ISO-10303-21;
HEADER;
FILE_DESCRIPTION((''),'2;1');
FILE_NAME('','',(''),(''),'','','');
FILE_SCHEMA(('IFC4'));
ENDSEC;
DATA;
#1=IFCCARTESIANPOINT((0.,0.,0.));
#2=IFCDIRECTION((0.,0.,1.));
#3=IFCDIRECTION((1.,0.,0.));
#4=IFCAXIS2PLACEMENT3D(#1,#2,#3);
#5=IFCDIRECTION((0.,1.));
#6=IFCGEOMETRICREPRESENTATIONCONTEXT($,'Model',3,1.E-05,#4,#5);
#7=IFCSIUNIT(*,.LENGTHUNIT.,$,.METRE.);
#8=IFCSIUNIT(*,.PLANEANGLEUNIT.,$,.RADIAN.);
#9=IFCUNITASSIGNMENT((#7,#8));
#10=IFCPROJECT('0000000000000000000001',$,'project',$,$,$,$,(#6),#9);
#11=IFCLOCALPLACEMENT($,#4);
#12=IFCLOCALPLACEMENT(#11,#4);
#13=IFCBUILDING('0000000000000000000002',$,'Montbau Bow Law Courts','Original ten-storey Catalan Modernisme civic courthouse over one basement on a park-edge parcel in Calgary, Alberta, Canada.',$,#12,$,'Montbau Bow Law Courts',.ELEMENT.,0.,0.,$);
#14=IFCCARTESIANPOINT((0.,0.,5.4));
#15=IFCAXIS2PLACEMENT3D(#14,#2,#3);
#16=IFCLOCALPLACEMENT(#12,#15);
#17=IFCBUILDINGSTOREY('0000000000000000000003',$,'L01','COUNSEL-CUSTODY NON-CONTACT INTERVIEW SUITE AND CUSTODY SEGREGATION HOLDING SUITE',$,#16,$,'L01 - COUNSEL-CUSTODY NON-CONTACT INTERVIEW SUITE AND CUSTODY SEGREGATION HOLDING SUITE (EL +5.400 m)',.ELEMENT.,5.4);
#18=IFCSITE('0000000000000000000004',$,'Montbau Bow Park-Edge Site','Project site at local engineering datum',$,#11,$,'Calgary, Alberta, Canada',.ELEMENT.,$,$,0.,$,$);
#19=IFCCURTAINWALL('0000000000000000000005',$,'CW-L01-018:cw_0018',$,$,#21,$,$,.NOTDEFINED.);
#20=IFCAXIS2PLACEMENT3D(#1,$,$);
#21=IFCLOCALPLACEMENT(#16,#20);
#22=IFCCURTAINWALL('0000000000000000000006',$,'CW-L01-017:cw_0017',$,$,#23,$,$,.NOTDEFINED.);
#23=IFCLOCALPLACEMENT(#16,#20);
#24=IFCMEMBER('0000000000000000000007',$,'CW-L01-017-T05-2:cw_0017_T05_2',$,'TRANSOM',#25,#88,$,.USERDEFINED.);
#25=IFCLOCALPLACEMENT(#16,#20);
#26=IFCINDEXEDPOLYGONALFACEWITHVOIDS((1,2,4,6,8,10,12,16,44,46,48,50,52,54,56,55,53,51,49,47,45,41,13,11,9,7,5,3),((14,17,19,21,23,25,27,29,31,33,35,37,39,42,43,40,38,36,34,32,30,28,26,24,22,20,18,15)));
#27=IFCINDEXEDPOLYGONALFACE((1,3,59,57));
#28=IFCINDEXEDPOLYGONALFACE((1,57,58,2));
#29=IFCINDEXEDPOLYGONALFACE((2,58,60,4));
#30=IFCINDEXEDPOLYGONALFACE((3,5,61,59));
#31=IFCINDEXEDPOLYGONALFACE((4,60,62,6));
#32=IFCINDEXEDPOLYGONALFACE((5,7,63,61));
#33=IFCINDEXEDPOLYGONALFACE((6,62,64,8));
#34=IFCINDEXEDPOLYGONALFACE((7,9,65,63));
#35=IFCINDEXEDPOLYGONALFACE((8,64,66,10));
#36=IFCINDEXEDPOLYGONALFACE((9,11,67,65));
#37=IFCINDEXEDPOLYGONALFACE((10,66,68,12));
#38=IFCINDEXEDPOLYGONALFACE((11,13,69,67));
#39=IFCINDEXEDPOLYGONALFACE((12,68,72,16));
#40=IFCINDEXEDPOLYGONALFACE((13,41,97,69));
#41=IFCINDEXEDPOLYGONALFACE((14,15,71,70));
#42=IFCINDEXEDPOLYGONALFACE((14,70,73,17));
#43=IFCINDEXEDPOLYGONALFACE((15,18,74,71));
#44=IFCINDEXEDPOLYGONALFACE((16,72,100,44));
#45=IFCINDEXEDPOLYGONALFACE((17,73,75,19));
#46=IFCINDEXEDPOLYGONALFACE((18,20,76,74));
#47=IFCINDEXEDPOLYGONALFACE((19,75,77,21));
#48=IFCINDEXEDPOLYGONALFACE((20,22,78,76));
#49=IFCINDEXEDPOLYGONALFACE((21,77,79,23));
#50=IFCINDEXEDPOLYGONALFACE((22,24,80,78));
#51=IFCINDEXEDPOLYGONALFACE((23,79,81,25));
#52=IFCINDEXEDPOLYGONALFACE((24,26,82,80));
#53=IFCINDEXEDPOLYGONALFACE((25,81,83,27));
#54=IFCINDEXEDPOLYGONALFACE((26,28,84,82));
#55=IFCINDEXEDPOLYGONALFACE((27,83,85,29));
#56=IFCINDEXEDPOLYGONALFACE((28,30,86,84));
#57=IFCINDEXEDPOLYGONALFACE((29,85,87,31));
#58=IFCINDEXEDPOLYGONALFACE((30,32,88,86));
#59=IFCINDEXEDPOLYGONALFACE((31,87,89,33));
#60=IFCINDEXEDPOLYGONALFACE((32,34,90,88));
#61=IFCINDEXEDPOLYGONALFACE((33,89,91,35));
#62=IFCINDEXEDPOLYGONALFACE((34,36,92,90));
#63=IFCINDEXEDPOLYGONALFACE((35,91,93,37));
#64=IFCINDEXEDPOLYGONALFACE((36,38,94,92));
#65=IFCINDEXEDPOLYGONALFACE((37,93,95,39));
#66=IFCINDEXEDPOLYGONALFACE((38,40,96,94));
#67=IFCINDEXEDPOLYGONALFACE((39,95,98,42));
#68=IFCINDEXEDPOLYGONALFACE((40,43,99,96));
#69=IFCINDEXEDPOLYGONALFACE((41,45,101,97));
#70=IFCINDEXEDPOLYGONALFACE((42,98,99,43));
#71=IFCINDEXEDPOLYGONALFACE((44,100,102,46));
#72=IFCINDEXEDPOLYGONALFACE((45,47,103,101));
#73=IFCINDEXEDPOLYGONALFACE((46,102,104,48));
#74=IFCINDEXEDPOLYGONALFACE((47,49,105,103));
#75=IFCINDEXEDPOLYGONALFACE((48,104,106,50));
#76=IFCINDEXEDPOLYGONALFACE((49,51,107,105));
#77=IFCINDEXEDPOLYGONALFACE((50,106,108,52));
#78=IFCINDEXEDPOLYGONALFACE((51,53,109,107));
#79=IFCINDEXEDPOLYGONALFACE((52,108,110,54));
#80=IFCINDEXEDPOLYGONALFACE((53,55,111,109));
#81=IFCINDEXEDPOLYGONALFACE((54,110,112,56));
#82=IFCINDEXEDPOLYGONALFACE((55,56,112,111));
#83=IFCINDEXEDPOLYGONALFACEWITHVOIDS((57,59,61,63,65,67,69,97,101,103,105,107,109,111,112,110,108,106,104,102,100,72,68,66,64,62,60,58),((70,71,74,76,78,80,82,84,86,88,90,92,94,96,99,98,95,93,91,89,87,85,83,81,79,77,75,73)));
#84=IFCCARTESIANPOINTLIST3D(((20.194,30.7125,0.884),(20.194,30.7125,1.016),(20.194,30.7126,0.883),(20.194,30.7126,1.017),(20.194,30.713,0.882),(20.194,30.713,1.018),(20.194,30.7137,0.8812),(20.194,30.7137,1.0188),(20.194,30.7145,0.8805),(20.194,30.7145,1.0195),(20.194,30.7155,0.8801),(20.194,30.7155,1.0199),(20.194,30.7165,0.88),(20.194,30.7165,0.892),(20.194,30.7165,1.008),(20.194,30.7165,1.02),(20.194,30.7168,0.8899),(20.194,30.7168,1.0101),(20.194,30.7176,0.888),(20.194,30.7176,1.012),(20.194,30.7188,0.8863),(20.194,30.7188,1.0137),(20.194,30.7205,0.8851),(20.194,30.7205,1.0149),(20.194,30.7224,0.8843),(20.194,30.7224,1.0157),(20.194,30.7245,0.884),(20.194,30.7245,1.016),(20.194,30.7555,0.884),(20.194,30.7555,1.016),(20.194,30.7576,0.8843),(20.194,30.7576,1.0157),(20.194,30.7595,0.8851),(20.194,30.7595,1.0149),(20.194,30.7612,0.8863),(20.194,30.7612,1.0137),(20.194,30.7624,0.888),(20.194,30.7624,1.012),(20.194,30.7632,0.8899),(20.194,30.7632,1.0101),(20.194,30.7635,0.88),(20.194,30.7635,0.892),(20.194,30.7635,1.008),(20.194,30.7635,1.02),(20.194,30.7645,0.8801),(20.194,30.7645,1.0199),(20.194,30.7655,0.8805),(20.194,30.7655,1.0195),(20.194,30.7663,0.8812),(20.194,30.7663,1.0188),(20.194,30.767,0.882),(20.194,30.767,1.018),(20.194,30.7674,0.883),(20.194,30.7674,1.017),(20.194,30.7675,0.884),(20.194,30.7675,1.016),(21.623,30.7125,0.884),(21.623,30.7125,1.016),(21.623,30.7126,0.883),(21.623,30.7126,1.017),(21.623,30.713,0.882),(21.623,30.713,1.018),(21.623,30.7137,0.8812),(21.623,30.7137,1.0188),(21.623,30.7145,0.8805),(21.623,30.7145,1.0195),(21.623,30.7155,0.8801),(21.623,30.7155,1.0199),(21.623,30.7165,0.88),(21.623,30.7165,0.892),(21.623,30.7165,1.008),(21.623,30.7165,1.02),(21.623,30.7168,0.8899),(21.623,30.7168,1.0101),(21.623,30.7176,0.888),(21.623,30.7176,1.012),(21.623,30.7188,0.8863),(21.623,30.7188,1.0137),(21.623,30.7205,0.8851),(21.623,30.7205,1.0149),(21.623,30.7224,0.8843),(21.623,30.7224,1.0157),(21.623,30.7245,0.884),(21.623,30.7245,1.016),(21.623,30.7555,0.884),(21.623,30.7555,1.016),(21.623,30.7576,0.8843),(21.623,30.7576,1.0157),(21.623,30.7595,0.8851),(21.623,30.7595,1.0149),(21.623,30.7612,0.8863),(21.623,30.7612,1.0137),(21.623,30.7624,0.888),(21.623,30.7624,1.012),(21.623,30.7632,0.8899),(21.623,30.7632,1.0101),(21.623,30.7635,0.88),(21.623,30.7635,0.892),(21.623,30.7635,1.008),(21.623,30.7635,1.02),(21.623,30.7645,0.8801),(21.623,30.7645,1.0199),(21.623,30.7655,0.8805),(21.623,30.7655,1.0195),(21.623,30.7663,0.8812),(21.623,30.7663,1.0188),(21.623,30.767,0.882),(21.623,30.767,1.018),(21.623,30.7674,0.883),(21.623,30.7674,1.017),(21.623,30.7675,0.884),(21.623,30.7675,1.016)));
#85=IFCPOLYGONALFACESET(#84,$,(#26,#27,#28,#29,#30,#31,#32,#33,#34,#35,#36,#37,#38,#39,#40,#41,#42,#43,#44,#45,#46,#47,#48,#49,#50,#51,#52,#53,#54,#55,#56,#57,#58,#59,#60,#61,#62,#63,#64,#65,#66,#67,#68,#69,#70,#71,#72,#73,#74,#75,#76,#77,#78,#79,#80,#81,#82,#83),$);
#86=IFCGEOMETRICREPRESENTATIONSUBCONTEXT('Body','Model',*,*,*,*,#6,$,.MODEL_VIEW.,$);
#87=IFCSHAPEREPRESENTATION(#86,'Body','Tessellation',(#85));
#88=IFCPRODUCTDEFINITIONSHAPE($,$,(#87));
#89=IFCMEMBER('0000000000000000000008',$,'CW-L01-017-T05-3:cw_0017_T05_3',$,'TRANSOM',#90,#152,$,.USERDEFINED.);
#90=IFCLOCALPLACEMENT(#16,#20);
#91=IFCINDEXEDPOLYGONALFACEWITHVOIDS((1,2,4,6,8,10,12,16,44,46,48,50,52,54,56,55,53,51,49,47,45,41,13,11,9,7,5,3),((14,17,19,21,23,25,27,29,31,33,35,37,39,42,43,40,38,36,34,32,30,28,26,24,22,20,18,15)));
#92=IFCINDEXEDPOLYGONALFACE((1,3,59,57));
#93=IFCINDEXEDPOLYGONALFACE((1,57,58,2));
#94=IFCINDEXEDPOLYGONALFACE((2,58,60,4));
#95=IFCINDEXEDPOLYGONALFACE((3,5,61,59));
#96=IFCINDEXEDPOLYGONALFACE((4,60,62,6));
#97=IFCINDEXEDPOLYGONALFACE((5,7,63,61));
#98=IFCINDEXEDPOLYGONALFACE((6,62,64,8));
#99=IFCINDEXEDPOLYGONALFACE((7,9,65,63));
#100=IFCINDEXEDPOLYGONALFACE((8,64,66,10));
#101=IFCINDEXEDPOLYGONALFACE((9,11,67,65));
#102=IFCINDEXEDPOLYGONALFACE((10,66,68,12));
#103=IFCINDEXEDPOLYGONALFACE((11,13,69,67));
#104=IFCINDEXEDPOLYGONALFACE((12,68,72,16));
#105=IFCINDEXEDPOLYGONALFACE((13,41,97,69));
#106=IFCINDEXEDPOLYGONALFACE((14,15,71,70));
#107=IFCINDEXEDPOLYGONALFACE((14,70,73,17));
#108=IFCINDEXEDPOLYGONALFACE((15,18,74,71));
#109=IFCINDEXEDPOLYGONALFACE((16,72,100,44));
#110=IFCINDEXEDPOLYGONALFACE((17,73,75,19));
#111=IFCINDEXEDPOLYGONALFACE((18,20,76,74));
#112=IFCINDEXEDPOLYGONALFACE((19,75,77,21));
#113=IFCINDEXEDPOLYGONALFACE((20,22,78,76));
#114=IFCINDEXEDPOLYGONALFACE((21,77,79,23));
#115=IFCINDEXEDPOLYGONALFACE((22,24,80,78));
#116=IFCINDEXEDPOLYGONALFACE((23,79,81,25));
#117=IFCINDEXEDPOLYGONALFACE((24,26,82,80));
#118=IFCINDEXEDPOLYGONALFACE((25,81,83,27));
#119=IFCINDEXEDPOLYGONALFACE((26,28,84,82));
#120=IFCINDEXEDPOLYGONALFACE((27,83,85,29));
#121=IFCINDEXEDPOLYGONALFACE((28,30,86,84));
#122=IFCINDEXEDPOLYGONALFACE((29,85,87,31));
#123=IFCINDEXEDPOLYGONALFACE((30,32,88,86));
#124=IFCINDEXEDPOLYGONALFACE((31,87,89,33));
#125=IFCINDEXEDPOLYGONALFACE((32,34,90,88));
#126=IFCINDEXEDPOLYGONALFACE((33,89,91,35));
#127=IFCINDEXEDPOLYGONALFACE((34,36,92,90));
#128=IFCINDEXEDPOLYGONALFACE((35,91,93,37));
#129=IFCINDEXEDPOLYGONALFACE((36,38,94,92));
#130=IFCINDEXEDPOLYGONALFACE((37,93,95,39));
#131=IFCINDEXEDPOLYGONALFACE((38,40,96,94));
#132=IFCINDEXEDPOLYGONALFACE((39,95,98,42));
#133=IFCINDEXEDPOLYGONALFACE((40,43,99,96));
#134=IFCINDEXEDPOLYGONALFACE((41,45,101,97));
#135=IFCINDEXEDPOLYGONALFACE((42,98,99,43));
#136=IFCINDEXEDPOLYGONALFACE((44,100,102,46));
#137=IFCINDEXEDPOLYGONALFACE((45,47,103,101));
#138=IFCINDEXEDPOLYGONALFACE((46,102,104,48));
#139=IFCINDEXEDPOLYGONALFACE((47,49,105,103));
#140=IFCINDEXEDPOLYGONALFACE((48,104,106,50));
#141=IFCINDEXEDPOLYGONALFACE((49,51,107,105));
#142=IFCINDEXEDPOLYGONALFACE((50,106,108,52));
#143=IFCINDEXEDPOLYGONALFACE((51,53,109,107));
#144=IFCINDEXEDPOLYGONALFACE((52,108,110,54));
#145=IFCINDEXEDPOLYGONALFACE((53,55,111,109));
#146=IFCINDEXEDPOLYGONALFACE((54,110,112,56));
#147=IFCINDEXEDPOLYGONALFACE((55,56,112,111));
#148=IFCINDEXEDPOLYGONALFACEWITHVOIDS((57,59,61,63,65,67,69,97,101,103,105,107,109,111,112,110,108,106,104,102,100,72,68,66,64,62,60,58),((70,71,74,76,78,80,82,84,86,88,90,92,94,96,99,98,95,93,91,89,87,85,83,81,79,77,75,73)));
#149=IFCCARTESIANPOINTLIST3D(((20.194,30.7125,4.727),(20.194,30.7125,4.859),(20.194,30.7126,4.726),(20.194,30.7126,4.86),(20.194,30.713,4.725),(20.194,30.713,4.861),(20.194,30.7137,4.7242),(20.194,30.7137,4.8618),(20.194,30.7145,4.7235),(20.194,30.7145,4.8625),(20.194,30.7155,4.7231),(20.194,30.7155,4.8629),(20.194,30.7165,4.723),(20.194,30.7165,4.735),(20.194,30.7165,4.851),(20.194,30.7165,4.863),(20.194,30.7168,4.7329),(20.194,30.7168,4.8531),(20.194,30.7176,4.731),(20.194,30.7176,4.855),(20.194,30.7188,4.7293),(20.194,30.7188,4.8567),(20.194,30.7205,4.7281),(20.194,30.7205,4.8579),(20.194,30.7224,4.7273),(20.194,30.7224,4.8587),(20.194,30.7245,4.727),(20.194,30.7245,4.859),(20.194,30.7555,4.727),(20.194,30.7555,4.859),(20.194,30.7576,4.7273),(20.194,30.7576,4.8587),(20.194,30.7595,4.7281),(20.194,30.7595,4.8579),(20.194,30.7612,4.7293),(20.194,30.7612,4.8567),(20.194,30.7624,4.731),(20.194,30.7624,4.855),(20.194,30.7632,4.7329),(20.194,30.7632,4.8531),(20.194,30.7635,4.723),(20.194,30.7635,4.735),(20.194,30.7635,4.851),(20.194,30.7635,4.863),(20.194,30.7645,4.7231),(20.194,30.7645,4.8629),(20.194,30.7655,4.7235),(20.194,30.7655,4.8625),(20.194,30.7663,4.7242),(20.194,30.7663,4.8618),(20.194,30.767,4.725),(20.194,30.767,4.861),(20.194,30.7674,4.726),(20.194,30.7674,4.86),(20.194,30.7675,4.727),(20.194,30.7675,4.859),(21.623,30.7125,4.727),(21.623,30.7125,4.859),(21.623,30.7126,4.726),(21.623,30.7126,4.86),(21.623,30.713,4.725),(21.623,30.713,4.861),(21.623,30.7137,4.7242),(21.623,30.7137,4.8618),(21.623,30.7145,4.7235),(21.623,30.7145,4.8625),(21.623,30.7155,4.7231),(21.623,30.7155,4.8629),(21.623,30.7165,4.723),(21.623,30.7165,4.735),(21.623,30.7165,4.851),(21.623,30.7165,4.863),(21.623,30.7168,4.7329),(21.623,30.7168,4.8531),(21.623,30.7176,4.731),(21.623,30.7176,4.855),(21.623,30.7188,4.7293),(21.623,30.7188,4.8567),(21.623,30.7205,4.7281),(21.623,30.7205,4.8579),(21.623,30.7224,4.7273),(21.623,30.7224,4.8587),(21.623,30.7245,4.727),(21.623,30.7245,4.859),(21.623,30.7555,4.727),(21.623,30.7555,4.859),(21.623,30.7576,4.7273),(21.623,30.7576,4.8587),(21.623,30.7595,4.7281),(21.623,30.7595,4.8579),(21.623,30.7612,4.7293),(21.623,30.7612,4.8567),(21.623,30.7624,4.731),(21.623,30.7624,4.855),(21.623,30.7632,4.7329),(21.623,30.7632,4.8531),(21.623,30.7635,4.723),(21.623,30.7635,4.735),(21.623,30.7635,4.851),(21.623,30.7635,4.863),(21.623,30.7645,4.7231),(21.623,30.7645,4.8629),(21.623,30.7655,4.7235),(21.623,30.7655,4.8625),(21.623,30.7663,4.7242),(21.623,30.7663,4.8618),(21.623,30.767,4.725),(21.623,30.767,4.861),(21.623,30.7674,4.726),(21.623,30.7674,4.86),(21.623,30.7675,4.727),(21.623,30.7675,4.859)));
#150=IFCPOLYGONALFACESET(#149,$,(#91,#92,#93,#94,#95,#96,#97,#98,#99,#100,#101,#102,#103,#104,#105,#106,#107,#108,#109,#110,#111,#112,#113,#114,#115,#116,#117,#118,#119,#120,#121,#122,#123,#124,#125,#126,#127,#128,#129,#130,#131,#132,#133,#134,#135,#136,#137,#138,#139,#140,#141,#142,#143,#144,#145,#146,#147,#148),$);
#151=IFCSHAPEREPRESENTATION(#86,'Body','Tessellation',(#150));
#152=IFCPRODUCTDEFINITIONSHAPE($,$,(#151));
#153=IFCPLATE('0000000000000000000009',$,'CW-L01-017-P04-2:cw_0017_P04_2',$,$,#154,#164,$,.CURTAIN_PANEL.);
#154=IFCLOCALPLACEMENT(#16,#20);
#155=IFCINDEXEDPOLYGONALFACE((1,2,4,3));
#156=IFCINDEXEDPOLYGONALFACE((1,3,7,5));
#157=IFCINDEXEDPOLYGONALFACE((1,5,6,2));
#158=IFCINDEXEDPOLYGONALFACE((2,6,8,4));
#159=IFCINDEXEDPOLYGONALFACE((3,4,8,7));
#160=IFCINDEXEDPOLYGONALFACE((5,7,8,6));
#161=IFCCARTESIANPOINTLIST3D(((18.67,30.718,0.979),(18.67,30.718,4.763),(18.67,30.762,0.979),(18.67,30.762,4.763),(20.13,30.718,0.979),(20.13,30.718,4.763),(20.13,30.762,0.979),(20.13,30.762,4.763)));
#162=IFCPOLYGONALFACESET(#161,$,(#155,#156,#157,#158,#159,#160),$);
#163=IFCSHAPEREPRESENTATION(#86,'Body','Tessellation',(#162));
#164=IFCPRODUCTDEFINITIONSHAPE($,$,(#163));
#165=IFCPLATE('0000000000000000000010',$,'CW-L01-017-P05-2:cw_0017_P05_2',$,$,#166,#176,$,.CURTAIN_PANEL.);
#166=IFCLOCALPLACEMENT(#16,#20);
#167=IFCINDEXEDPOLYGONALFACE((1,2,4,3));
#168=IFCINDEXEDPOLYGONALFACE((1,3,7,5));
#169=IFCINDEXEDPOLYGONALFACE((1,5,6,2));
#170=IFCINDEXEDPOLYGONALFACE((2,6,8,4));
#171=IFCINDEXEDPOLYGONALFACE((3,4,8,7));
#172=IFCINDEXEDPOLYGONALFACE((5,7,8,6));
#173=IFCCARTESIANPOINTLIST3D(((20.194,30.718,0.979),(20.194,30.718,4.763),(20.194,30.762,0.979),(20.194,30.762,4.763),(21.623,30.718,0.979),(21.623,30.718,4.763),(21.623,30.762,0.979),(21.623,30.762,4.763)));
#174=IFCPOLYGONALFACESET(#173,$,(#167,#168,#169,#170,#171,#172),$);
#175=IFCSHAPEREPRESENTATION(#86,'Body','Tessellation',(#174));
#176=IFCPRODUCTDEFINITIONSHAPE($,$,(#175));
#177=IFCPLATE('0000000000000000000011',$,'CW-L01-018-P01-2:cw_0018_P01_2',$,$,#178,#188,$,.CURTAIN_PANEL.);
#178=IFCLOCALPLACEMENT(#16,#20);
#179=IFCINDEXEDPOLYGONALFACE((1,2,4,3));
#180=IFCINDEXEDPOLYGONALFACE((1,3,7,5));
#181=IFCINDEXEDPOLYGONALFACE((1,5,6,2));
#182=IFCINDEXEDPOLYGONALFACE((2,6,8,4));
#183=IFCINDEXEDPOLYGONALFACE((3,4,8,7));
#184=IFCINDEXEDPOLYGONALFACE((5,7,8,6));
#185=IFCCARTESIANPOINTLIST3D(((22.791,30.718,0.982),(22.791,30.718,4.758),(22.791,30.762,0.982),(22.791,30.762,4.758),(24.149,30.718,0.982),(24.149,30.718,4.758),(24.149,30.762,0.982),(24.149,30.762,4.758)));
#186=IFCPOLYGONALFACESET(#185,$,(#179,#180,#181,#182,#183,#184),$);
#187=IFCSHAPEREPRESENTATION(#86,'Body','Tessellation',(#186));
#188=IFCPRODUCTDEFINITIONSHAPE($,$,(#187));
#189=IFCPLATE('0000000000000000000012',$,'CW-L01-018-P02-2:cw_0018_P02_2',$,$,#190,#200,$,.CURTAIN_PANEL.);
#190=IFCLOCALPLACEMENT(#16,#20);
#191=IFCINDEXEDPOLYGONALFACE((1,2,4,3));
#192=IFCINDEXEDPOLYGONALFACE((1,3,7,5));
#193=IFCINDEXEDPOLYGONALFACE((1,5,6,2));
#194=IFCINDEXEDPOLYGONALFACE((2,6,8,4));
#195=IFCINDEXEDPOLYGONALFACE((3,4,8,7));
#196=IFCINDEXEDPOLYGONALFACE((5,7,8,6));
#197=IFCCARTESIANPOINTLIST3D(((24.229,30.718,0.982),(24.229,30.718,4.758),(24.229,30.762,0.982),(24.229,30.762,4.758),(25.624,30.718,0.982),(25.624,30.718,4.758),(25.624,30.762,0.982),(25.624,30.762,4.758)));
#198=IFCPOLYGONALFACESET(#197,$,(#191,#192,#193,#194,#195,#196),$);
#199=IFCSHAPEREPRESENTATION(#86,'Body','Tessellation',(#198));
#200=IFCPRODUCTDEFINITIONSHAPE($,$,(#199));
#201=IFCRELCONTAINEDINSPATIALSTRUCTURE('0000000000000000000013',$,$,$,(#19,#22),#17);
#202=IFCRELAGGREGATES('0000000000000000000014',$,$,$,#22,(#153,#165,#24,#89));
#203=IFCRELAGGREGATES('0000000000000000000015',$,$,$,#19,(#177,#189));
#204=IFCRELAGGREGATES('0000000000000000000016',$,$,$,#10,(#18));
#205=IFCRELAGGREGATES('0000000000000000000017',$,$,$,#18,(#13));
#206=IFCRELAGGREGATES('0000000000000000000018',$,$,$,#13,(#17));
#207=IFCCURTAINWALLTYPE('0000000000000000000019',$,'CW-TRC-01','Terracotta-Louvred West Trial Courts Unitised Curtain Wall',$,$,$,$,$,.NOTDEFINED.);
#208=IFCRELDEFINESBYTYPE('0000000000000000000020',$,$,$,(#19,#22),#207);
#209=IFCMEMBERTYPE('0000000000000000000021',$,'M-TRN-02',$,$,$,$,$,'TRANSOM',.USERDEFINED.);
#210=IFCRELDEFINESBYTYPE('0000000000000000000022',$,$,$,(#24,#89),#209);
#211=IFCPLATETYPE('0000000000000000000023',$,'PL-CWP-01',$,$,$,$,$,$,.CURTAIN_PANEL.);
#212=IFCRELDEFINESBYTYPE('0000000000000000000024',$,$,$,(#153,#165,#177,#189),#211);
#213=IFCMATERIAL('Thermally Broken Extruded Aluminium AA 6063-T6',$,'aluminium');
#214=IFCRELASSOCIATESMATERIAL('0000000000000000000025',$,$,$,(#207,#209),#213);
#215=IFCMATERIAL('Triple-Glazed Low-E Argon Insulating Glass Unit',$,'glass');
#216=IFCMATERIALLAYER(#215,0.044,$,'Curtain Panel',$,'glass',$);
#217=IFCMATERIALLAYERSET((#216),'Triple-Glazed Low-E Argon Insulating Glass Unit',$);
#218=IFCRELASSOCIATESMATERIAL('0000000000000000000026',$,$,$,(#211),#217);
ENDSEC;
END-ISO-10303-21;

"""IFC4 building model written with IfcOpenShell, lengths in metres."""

from ifc_helpers import new_model, si_unit, direction, frame, frame_2d, origin_with_axes, origin_2d_with_axis, place, context, subcontext, project, spatial, rectangle, hollow_rectangle, extrude, material, layer, layer_set, material_profile, profile_set, type_object, element, aggregate, save


model = new_model("IFC4")

# Units and contexts
model_context = context("Model", 3, precision=1e-05, world=origin_with_axes(), true_north=direction((0.0, 1.0)))
body_context = subcontext(model_context, "Body", "Model", "MODEL_VIEW")
ifc_project = project(units=[si_unit("LENGTHUNIT", "METRE"), si_unit("PLANEANGLEUNIT", "RADIAN")], contexts=[model_context])

# Site, building, storey
site_placement = place(None, origin_with_axes())
site = spatial("IfcSite", under=ifc_project, at=site_placement, Name="Montbau Bow Park-Edge Site", Description="Project site at local engineering datum", LongName="Calgary, Alberta, Canada", CompositionType="ELEMENT", RefElevation=0.0)
building_placement = place(site_placement, origin_with_axes())
building = spatial("IfcBuilding", under=site, at=building_placement, Name="Montbau Bow Law Courts", Description="Original ten-storey Catalan Modernisme civic courthouse over one basement on a park-edge parcel in Calgary, Alberta, Canada.", LongName="Montbau Bow Law Courts", CompositionType="ELEMENT", ElevationOfRefHeight=0.0, ElevationOfTerrain=0.0)
storey_placement = place(building_placement, frame((0.0, 0.0, 5.4), z_axis=(0.0, 0.0, 1.0), x_axis=(1.0, 0.0, 0.0)))
storey = spatial("IfcBuildingStorey", under=building, at=storey_placement, Name="L01", Description="COUNSEL-CUSTODY NON-CONTACT INTERVIEW SUITE AND CUSTODY SEGREGATION HOLDING SUITE", LongName="L01 - COUNSEL-CUSTODY NON-CONTACT INTERVIEW SUITE AND CUSTODY SEGREGATION HOLDING SUITE (EL +5.400 m)", CompositionType="ELEMENT", Elevation=5.4)

# Curtain walls
ifc_material_1 = material(Name="Thermally Broken Extruded Aluminium AA 6063-T6", Category="aluminium")
curtain_wall_type = type_object("IfcCurtainWallType", Name="CW-TRC-01", Description="Terracotta-Louvred West Trial Courts Unitised Curtain Wall", PredefinedType="NOTDEFINED", material=ifc_material_1)
curtain_wall_1_placement = place(None, frame((22.715, 30.74, 5.4), z_axis=(0.0, 0.0, 1.0), x_axis=(1.0, 0.0, 0.0)))
curtain_wall_1 = element("IfcCurtainWall", 1, at=curtain_wall_1_placement, inside=storey, type_object=curtain_wall_type, Name="CW-L01-018:cw_0018", PredefinedType="NOTDEFINED")
curtain_wall_2_placement = place(None, frame((14.068, 30.74, 5.4), z_axis=(0.0, 0.0, 1.0), x_axis=(1.0, 0.0, 0.0)))
curtain_wall_2 = element("IfcCurtainWall", 2, at=curtain_wall_2_placement, inside=storey, type_object=curtain_wall_type, Name="CW-L01-017:cw_0017", PredefinedType="NOTDEFINED")

# Members
ifc_material_profile_1 = material_profile(ifc_material_1, hollow_rectangle(XDim=0.055, YDim=0.14, WallThickness=0.004, InnerFilletRadius=0.008, OuterFilletRadius=0.004, at=origin_2d_with_axis()), Name="CWT-140X55", Category="Main", Priority=0)
ifc_profile_set_1 = profile_set([ifc_material_profile_1], Name="Thermally Broken Extruded Aluminium AA 6063-T6")
member_type_1 = type_object("IfcMemberType", Name="M-TRN-02", ElementType="TRANSOM", PredefinedType="USERDEFINED", material=ifc_profile_set_1)
member_1_placement = place(None, frame((20.194, 30.74, 6.35), z_axis=(1.0, 0.0, 0.0), x_axis=(0.0, 1.0, 0.0)))
member_1 = element("IfcMember", 3, at=member_1_placement, type_object=member_type_1, Name="CW-L01-017-T05-2:cw_0017_T05_2", ObjectType="TRANSOM", PredefinedType="USERDEFINED", context=body_context, shape_type="SweptSolid", body=[
    extrude(hollow_rectangle(XDim=0.055, YDim=0.14, WallThickness=0.004, InnerFilletRadius=0.008, OuterFilletRadius=0.004, at=origin_2d_with_axis()), origin_with_axes(), (0.0, 0.0, 1.0), 1.429),
])
member_2_placement = place(None, frame((20.194, 30.74, 10.193), z_axis=(1.0, 0.0, 0.0), x_axis=(0.0, 1.0, 0.0)))
member_2 = element("IfcMember", 4, at=member_2_placement, type_object=member_type_1, Name="CW-L01-017-T05-3:cw_0017_T05_3", ObjectType="TRANSOM", PredefinedType="USERDEFINED", context=body_context, shape_type="SweptSolid", body=[
    extrude(hollow_rectangle(XDim=0.055, YDim=0.14, WallThickness=0.004, InnerFilletRadius=0.008, OuterFilletRadius=0.004, at=origin_2d_with_axis()), origin_with_axes(), (0.0, 0.0, 1.0), 1.429),
])

# Plates
ifc_material_2 = material(Name="Triple-Glazed Low-E Argon Insulating Glass Unit", Category="glass")
ifc_layer_1 = layer(ifc_material_2, 0.044, Name="Curtain Panel", Category="glass")
ifc_layer_set_1 = layer_set([ifc_layer_1], Name="Triple-Glazed Low-E Argon Insulating Glass Unit")
plate_type_1 = type_object("IfcPlateType", Name="PL-CWP-01", PredefinedType="CURTAIN_PANEL", material=ifc_layer_set_1)
plate_1_placement = place(None, frame((18.67, 30.74, 6.379), z_axis=(0.0, -1.0, 0.0), x_axis=(1.0, 0.0, 0.0)))
plate_1 = element("IfcPlate", 5, at=plate_1_placement, type_object=plate_type_1, Name="CW-L01-017-P04-2:cw_0017_P04_2", PredefinedType="CURTAIN_PANEL", context=body_context, shape_type="SweptSolid", body=[
    extrude(rectangle(XDim=1.46, YDim=3.784, at=frame_2d((0.73, 1.892), x_axis=(1.0, 0.0))), frame((0.0, 0.0, -0.022), z_axis=(0.0, 0.0, 1.0), x_axis=(1.0, 0.0, 0.0)), (0.0, 0.0, 1.0), 0.044),
])
plate_2_placement = place(None, frame((20.194, 30.74, 6.379), z_axis=(0.0, -1.0, 0.0), x_axis=(1.0, 0.0, 0.0)))
plate_2 = element("IfcPlate", 6, at=plate_2_placement, type_object=plate_type_1, Name="CW-L01-017-P05-2:cw_0017_P05_2", PredefinedType="CURTAIN_PANEL", context=body_context, shape_type="SweptSolid", body=[
    extrude(rectangle(XDim=1.429, YDim=3.784, at=frame_2d((0.7145, 1.892), x_axis=(1.0, 0.0))), frame((0.0, 0.0, -0.022), z_axis=(0.0, 0.0, 1.0), x_axis=(1.0, 0.0, 0.0)), (0.0, 0.0, 1.0), 0.044),
])
plate_3_placement = place(None, frame((22.791, 30.74, 6.382), z_axis=(0.0, -1.0, 0.0), x_axis=(1.0, 0.0, 0.0)))
plate_3 = element("IfcPlate", 7, at=plate_3_placement, type_object=plate_type_1, Name="CW-L01-018-P01-2:cw_0018_P01_2", PredefinedType="CURTAIN_PANEL", context=body_context, shape_type="SweptSolid", body=[
    extrude(rectangle(XDim=1.358, YDim=3.776, at=frame_2d((0.679, 1.888), x_axis=(1.0, 0.0))), frame((0.0, 0.0, -0.022), z_axis=(0.0, 0.0, 1.0), x_axis=(1.0, 0.0, 0.0)), (0.0, 0.0, 1.0), 0.044),
])
plate_4_placement = place(None, frame((24.229, 30.74, 6.382), z_axis=(0.0, -1.0, 0.0), x_axis=(1.0, 0.0, 0.0)))
plate_4 = element("IfcPlate", 8, at=plate_4_placement, type_object=plate_type_1, Name="CW-L01-018-P02-2:cw_0018_P02_2", PredefinedType="CURTAIN_PANEL", context=body_context, shape_type="SweptSolid", body=[
    extrude(rectangle(XDim=1.395, YDim=3.776, at=frame_2d((0.6975, 1.888), x_axis=(1.0, 0.0))), frame((0.0, 0.0, -0.022), z_axis=(0.0, 0.0, 1.0), x_axis=(1.0, 0.0, 0.0)), (0.0, 0.0, 1.0), 0.044),
])
aggregate(curtain_wall_2, [plate_1, plate_2, member_1, member_2])
aggregate(curtain_wall_1, [plate_3, plate_4])

save(model, "model.ifc")
